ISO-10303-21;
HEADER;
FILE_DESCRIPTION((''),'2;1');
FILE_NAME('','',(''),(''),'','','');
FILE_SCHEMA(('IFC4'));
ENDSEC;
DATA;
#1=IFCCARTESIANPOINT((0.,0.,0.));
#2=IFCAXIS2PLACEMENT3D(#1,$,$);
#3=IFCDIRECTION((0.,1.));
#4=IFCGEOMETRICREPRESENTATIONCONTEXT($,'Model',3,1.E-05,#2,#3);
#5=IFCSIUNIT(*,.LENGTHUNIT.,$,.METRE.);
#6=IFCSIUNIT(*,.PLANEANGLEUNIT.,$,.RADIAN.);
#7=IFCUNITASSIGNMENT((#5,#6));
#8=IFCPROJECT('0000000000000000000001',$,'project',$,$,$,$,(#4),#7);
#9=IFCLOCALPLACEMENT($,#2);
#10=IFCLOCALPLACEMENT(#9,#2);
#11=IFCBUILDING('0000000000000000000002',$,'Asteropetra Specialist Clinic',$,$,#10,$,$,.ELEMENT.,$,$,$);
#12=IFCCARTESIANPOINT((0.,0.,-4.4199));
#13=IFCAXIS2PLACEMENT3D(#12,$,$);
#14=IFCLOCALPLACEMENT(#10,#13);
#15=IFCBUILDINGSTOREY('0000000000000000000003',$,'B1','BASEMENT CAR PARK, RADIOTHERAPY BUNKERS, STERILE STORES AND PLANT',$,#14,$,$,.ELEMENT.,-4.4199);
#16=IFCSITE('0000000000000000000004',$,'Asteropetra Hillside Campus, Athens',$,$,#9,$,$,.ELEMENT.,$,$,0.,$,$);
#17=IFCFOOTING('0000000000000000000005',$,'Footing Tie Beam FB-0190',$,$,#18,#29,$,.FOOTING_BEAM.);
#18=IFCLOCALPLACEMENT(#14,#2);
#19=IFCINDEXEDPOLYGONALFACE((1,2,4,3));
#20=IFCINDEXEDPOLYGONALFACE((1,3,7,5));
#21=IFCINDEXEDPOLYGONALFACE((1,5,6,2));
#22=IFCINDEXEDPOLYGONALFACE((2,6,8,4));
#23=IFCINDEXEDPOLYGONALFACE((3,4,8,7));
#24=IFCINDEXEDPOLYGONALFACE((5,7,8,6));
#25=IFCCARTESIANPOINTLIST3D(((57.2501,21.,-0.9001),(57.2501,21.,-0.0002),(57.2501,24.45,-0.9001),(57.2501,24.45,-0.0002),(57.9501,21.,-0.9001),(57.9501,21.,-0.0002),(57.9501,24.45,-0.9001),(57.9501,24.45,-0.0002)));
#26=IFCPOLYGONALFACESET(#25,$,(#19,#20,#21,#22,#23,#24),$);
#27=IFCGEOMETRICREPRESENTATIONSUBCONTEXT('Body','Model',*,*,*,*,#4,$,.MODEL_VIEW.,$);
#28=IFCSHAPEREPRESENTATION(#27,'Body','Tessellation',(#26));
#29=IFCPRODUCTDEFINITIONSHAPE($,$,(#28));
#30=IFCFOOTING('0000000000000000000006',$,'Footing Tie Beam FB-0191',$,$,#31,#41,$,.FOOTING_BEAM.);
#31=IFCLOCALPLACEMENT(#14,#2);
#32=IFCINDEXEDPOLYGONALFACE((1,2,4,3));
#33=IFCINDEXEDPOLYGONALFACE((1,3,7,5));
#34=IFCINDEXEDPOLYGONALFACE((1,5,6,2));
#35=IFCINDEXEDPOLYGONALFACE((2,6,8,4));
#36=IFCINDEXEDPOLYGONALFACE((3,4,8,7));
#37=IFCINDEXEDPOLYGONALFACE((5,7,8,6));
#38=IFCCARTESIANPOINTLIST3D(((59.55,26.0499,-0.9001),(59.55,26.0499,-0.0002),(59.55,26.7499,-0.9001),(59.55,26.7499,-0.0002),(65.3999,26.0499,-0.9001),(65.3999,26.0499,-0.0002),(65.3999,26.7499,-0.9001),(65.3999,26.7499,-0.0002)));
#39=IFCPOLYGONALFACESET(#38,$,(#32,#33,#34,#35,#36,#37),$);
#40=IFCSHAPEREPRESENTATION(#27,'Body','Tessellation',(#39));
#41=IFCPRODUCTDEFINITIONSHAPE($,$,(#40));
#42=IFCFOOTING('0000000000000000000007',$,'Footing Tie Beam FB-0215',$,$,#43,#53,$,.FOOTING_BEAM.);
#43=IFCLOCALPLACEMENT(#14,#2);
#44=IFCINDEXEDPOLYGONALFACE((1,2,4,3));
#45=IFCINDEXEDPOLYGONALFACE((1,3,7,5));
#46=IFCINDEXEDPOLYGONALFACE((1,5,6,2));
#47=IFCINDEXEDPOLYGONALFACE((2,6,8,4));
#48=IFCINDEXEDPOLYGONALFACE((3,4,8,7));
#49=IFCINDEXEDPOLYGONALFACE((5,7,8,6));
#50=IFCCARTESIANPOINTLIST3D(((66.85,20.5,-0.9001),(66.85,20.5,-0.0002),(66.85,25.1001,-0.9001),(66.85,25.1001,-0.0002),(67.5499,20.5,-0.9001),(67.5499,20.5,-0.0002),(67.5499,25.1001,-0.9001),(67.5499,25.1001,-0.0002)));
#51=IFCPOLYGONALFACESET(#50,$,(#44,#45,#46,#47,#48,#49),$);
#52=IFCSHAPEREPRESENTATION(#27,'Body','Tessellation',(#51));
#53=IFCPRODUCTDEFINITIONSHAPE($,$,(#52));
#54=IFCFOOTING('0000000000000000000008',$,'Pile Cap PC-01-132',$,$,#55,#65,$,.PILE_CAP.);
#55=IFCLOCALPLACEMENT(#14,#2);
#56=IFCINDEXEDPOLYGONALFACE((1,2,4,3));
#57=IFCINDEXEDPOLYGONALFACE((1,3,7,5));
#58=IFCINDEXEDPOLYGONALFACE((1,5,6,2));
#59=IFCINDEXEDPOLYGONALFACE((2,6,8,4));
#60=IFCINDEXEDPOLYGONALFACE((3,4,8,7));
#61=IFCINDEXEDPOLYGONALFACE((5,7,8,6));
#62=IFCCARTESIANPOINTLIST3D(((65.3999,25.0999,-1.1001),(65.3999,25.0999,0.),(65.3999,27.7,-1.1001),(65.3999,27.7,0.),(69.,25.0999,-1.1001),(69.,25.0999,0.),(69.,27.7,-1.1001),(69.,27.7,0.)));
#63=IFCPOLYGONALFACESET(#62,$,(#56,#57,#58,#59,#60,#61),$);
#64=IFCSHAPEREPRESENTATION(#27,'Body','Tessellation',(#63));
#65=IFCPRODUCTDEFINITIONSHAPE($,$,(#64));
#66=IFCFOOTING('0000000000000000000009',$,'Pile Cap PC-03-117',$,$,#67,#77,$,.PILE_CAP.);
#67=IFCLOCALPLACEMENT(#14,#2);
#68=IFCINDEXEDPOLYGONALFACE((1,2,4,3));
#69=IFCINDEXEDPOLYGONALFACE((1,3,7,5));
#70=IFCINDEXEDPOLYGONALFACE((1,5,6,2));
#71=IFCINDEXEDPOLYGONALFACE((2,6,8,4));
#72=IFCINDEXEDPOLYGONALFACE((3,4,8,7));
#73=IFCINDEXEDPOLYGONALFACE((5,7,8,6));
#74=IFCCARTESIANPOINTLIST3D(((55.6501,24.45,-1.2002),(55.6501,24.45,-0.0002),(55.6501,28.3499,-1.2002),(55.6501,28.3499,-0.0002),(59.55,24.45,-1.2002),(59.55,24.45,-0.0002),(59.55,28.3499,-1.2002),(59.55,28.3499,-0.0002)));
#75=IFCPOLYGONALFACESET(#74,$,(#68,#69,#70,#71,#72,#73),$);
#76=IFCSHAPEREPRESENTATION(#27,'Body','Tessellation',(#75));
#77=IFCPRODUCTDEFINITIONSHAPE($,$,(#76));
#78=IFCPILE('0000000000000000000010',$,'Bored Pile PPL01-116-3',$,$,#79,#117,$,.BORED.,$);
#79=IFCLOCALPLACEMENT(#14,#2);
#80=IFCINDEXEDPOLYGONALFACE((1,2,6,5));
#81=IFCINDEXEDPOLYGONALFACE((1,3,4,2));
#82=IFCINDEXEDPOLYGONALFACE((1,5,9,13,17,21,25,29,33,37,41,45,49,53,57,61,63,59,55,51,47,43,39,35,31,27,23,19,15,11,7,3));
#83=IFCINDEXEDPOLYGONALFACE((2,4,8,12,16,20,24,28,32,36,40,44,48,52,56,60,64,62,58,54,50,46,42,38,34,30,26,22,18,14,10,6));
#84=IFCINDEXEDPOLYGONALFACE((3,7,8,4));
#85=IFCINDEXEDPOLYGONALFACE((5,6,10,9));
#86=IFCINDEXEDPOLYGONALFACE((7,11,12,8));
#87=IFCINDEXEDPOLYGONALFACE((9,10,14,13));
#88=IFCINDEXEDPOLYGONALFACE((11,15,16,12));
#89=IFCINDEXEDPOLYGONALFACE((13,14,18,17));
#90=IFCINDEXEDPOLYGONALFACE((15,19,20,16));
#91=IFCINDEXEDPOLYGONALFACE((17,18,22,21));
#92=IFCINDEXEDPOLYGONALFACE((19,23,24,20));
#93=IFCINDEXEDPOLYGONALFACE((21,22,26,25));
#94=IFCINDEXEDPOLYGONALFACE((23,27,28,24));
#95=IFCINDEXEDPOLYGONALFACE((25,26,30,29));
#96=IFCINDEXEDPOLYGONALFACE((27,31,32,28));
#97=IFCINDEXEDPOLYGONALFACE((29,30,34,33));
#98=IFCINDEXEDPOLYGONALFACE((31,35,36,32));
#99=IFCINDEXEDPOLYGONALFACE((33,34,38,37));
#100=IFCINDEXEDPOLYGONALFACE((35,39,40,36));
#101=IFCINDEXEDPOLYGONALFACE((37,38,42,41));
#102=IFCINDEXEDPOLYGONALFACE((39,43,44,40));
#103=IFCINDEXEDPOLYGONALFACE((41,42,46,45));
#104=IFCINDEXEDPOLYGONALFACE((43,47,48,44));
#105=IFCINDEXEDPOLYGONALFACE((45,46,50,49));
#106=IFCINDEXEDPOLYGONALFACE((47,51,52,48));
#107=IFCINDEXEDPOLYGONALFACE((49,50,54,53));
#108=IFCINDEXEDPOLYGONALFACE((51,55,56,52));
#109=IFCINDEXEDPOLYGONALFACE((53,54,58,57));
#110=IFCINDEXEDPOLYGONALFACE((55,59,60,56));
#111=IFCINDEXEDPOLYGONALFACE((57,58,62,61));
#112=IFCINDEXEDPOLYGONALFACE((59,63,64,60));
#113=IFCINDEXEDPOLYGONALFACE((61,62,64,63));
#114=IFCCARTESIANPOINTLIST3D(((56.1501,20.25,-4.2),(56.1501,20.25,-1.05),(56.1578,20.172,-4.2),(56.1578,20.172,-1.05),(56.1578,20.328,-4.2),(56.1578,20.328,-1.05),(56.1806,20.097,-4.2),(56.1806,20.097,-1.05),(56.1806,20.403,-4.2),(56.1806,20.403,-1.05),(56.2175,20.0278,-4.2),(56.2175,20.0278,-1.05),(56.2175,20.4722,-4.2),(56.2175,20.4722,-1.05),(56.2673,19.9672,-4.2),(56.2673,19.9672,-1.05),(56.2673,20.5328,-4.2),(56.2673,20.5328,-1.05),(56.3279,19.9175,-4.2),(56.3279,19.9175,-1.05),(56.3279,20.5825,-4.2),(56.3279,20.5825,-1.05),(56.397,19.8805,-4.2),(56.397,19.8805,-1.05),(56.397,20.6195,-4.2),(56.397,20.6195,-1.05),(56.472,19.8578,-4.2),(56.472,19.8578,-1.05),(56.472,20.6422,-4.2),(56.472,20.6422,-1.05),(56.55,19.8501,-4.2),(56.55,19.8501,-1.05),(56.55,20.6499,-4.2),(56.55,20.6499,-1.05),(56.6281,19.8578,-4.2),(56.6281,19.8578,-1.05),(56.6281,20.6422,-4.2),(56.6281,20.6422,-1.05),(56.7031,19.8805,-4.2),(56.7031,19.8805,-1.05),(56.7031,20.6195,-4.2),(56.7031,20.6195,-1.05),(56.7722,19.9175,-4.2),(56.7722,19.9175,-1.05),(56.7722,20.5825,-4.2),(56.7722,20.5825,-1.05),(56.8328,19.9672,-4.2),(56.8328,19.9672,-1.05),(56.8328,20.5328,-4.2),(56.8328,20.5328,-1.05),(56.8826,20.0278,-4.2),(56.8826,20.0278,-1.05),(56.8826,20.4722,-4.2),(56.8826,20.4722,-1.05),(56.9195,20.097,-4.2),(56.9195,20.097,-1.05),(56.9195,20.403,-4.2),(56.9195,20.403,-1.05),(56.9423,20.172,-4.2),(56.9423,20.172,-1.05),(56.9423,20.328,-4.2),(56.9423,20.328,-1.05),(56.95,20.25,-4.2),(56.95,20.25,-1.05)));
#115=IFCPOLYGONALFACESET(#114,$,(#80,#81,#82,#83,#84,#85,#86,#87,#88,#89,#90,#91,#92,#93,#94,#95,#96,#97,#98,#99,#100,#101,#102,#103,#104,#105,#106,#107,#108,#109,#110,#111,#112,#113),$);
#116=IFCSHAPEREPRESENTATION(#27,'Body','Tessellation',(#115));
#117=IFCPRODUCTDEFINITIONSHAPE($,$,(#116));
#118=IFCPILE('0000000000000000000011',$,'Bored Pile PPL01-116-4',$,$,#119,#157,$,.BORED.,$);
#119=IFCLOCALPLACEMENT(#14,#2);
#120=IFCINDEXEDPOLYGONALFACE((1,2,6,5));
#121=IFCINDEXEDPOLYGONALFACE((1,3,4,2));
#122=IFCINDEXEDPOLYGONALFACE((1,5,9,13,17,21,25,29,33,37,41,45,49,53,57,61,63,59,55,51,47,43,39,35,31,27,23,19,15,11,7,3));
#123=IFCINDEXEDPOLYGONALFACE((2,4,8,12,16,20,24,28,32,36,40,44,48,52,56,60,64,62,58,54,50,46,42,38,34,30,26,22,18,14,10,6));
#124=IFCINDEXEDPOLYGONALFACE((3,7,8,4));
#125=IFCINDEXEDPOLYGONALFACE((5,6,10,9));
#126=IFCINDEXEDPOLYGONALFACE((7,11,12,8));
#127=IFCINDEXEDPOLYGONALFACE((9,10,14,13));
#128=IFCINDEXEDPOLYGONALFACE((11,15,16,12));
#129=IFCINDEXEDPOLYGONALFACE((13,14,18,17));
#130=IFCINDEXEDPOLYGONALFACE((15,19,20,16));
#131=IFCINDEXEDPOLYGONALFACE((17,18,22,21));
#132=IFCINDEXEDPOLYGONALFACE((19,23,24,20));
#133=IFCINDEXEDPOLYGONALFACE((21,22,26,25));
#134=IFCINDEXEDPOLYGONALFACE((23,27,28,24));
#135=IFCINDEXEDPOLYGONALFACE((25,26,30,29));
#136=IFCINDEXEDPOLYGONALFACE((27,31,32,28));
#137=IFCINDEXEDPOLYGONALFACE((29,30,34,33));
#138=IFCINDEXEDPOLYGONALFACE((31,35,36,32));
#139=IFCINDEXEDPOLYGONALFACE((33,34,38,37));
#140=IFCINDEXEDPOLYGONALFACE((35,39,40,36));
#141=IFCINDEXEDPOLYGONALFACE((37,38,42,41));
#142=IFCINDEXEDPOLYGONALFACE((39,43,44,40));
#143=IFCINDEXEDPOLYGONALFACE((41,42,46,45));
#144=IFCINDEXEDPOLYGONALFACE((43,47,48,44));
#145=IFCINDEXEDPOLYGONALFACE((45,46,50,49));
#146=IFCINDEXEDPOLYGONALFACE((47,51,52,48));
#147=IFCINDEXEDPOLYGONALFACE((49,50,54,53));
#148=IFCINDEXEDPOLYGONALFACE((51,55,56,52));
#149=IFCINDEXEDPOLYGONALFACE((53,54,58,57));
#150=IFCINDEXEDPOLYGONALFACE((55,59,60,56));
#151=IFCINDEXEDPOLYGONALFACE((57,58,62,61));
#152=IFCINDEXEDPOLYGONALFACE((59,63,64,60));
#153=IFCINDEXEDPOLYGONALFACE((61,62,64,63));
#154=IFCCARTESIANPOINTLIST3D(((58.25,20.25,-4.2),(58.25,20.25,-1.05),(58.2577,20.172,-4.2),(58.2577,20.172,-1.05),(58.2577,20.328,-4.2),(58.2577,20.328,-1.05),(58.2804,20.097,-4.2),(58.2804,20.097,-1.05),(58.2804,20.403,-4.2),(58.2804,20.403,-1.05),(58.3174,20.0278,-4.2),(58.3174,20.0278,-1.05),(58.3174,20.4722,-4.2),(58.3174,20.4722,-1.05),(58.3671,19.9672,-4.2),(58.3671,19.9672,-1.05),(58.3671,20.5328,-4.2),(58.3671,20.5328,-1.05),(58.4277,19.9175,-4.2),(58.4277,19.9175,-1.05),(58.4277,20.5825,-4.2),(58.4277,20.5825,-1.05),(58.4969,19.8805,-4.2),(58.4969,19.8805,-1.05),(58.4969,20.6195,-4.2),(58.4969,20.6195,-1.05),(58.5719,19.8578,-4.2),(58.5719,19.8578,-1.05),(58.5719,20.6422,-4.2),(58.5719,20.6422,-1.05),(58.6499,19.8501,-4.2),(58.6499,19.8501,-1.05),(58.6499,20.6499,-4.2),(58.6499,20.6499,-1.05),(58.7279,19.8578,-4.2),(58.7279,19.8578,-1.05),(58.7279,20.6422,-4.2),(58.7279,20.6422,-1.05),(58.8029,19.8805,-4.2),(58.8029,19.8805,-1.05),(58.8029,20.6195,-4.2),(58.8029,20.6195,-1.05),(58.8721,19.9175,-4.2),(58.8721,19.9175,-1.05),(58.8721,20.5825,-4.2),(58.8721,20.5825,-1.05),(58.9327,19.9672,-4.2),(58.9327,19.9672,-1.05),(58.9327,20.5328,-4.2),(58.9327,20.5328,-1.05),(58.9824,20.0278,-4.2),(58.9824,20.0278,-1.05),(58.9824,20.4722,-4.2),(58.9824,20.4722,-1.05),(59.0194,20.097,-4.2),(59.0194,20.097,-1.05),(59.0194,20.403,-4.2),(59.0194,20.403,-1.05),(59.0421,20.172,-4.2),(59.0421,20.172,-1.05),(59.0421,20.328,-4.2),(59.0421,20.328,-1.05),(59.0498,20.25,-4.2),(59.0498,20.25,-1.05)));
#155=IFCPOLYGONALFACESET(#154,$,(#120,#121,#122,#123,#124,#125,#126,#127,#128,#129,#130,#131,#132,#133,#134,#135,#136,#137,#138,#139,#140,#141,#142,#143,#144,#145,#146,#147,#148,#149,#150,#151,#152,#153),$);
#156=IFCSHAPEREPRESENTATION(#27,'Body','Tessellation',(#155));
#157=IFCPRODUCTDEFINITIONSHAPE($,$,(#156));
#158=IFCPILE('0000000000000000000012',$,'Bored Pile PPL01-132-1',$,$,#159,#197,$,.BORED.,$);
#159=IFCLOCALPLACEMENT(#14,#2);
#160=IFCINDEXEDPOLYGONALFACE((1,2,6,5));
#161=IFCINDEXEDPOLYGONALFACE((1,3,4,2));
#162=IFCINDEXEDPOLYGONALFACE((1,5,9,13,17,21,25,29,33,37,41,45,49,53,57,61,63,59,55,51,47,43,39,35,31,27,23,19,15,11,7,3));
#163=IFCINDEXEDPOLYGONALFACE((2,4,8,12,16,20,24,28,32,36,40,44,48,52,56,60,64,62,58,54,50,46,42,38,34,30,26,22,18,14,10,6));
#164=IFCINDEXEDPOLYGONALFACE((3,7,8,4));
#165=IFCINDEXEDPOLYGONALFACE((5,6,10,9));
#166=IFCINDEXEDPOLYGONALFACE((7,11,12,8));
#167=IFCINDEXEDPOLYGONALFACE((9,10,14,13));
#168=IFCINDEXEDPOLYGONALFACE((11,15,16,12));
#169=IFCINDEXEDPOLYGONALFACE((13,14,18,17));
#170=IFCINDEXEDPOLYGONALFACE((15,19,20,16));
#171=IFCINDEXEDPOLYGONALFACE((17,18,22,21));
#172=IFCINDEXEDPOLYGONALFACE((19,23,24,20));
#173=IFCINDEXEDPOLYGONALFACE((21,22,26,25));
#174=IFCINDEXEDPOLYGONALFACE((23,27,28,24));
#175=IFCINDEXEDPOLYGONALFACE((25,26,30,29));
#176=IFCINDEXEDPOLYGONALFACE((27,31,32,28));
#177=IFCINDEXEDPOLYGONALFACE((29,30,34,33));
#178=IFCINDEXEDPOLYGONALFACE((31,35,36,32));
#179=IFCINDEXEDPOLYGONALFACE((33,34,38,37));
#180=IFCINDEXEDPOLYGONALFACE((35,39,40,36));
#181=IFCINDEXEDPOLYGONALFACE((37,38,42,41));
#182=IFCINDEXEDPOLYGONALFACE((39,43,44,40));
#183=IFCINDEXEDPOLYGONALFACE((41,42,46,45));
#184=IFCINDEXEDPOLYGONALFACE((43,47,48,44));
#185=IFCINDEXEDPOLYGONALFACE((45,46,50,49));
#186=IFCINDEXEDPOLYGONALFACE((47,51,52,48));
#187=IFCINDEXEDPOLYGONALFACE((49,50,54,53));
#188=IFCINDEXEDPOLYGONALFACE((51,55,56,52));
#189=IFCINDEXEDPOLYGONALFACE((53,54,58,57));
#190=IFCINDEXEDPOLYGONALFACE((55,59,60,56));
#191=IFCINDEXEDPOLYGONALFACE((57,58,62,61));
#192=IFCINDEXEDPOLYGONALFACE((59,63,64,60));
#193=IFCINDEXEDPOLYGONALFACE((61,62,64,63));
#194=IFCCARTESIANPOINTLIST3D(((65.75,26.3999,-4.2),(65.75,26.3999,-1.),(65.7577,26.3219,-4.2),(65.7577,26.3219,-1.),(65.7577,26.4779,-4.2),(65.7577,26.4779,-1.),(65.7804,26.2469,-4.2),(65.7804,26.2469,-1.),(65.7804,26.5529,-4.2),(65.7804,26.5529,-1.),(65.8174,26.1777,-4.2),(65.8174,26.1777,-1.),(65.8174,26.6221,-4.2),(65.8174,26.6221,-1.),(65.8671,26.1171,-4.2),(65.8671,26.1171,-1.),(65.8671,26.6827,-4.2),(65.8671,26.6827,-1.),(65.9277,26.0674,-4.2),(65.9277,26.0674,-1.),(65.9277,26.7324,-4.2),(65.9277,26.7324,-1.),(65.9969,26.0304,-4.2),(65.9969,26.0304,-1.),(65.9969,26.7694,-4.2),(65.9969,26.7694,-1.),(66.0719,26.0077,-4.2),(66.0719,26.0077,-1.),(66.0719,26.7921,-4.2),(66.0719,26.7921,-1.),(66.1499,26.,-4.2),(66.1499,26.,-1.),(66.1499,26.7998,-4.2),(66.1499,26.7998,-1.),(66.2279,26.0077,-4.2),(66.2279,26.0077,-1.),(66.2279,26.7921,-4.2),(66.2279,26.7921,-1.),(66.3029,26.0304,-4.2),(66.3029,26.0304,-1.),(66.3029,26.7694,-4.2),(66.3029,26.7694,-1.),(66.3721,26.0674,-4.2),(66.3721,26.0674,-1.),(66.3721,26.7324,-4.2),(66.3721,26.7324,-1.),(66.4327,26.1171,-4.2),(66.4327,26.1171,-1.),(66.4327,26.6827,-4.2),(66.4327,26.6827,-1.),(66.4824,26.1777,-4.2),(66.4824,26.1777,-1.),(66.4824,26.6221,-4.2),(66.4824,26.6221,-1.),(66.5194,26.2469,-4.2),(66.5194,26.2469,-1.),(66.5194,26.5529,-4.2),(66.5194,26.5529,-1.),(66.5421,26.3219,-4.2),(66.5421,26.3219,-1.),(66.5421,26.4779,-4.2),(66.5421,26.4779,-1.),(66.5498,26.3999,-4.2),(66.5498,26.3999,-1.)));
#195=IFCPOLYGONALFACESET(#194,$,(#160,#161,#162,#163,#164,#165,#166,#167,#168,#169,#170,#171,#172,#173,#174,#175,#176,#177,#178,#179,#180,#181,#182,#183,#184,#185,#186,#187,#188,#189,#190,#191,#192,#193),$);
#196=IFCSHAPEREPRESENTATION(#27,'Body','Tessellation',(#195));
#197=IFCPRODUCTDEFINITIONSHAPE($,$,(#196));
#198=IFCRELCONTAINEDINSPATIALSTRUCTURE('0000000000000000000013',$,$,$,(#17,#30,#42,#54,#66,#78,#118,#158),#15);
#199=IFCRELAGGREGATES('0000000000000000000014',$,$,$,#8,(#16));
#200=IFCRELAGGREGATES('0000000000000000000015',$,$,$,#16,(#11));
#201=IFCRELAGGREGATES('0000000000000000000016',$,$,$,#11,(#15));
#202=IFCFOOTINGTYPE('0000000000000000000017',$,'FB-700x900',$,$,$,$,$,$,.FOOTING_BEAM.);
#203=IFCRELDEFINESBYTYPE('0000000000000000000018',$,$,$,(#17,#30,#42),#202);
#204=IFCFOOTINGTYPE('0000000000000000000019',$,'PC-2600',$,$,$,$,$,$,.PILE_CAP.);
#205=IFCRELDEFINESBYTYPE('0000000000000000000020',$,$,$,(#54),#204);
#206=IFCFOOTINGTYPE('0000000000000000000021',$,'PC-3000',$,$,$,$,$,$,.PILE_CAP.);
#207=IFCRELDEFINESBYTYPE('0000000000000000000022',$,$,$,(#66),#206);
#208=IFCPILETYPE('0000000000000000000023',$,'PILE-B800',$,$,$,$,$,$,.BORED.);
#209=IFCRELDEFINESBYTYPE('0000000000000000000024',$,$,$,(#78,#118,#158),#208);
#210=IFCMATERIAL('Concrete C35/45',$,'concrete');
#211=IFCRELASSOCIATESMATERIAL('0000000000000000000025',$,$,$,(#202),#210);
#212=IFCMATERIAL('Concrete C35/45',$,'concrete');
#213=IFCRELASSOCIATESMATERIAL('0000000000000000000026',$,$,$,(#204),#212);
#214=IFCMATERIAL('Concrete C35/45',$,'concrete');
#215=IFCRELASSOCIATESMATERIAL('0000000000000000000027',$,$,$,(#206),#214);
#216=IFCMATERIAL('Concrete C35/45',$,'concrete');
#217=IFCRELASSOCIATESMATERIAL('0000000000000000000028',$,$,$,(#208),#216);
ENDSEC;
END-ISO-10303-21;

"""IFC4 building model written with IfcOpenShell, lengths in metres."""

from ifc_helpers import new_model, si_unit, direction, frame, origin, origin_2d, place, context, subcontext, project, spatial, rectangle, circle, extrude, material, material_profile, profile_set, type_object, element, save


model = new_model("IFC4")

# Units and contexts
model_context = context("Model", 3, precision=1e-05, world=origin(), true_north=direction((0.0, 1.0)))
body_context = subcontext(model_context, "Body", "Model", "MODEL_VIEW")
ifc_project = project(units=[si_unit("LENGTHUNIT", "METRE"), si_unit("PLANEANGLEUNIT", "RADIAN")], contexts=[model_context])

# Site, building, storey
site_placement = place(None, origin())
site = spatial("IfcSite", under=ifc_project, at=site_placement, Name="Asteropetra Hillside Campus, Athens", CompositionType="ELEMENT", RefElevation=0.0)
building_placement = place(site_placement, origin())
building = spatial("IfcBuilding", under=site, at=building_placement, Name="Asteropetra Specialist Clinic", CompositionType="ELEMENT")
storey_placement = place(building_placement, frame((0.0, 0.0, -4.4199)))
storey = spatial("IfcBuildingStorey", under=building, at=storey_placement, Name="B1", Description="BASEMENT CAR PARK, RADIOTHERAPY BUNKERS, STERILE STORES AND PLANT", CompositionType="ELEMENT", Elevation=-4.4199)

# Footings
ifc_material_1 = material(Name="Concrete C35/45", Category="concrete")
ifc_material_profile_1 = material_profile(ifc_material_1, rectangle(XDim=0.7, YDim=0.8999, at=origin_2d()), Name="FB 700x900")
ifc_profile_set_1 = profile_set([ifc_material_profile_1], Name="Concrete C35/45")
footing_type_1 = type_object("IfcFootingType", Name="FB-700x900", PredefinedType="FOOTING_BEAM", material=ifc_profile_set_1)
footing_1_placement = place(storey_placement, frame((57.6001, 21.0, -0.4502), z_axis=(0.0, 1.0, 0.0), x_axis=(-1.0, 0.0, 0.0)))
element("IfcFooting", 1, at=footing_1_placement, inside=storey, type_object=footing_type_1, Name="Footing Tie Beam FB-0190", PredefinedType="FOOTING_BEAM", context=body_context, shape_type="SweptSolid", body=[
    extrude(rectangle(XDim=0.7, YDim=0.8999, at=origin_2d()), origin(), (0.0, 0.0, 1.0), 3.45),
])
footing_2_placement = place(storey_placement, frame((59.55, 26.3999, -0.4502), z_axis=(1.0, 0.0, 0.0), x_axis=(0.0, 1.0, 0.0)))
element("IfcFooting", 2, at=footing_2_placement, inside=storey, type_object=footing_type_1, Name="Footing Tie Beam FB-0191", PredefinedType="FOOTING_BEAM", context=body_context, shape_type="SweptSolid", body=[
    extrude(rectangle(XDim=0.7, YDim=0.8999, at=origin_2d()), origin(), (0.0, 0.0, 1.0), 5.8499),
])
footing_3_placement = place(storey_placement, frame((67.2, 20.5, -0.4502), z_axis=(0.0, 1.0, 0.0), x_axis=(-1.0, 0.0, 0.0)))
element("IfcFooting", 3, at=footing_3_placement, inside=storey, type_object=footing_type_1, Name="Footing Tie Beam FB-0215", PredefinedType="FOOTING_BEAM", context=body_context, shape_type="SweptSolid", body=[
    extrude(rectangle(XDim=0.7, YDim=0.8999, at=origin_2d()), origin(), (0.0, 0.0, 1.0), 4.6001),
])
ifc_material_2 = material(Name="Concrete C35/45", Category="concrete")
footing_type_2 = type_object("IfcFootingType", Name="PC-2600", PredefinedType="PILE_CAP", material=ifc_material_2)
footing_4_placement = place(storey_placement, frame((67.2, 26.3999, -1.1001), z_axis=(0.0, 0.0, 1.0), x_axis=(1.0, 0.0, 0.0)))
element("IfcFooting", 4, at=footing_4_placement, inside=storey, type_object=footing_type_2, Name="Pile Cap PC-01-132", PredefinedType="PILE_CAP", context=body_context, shape_type="SweptSolid", body=[
    extrude(rectangle(XDim=3.6001, YDim=2.6001, at=origin_2d()), origin(), (0.0, 0.0, 1.0), 1.1001),
])
ifc_material_3 = material(Name="Concrete C35/45", Category="concrete")
footing_type_3 = type_object("IfcFootingType", Name="PC-3000", PredefinedType="PILE_CAP", material=ifc_material_3)
footing_5_placement = place(storey_placement, frame((57.6001, 26.3999, -1.2002), z_axis=(0.0, 0.0, 1.0), x_axis=(1.0, 0.0, 0.0)))
element("IfcFooting", 5, at=footing_5_placement, inside=storey, type_object=footing_type_3, Name="Pile Cap PC-03-117", PredefinedType="PILE_CAP", context=body_context, shape_type="SweptSolid", body=[
    extrude(rectangle(XDim=3.8999, YDim=3.8999, at=origin_2d()), origin(), (0.0, 0.0, 1.0), 1.2),
])

# Piles
ifc_material_4 = material(Name="Concrete C35/45", Category="concrete")
ifc_material_profile_2 = material_profile(ifc_material_4, circle(Radius=0.3999, at=origin_2d()), Name="PILE D800")
ifc_profile_set_2 = profile_set([ifc_material_profile_2], Name="Concrete C35/45")
pile_type_1 = type_object("IfcPileType", Name="PILE-B800", PredefinedType="BORED", material=ifc_profile_set_2)
for number, where, z_axis, x_axis, name in (
    (6, (56.55, 20.25, -1.05), (0.0, 0.0, -1.0), (1.0, 0.0, 0.0), "Bored Pile PPL01-116-3"),
    (7, (58.6499, 20.25, -1.05), (0.0, 0.0, -1.0), (1.0, 0.0, 0.0), "Bored Pile PPL01-116-4"),
):
    element("IfcPile", number, at=place(storey_placement, frame(where, z_axis=z_axis, x_axis=x_axis)), inside=storey, type_object=pile_type_1, Name=name, PredefinedType="BORED", context=body_context, shape_type="SweptSolid", body=[
        extrude(circle(Radius=0.3999, at=origin_2d()), origin(), (0.0, 0.0, 1.0), 3.1499),
    ])
for number, where, z_axis, x_axis, name in (
    (8, (66.1499, 26.3999, -1.0), (0.0, 0.0, -1.0), (1.0, 0.0, 0.0), "Bored Pile PPL01-132-1"),
):
    element("IfcPile", number, at=place(storey_placement, frame(where, z_axis=z_axis, x_axis=x_axis)), inside=storey, type_object=pile_type_1, Name=name, PredefinedType="BORED", context=body_context, shape_type="SweptSolid", body=[
        extrude(circle(Radius=0.3999, at=origin_2d()), origin(), (0.0, 0.0, 1.0), 3.2),
    ])

save(model, "model.ifc")
